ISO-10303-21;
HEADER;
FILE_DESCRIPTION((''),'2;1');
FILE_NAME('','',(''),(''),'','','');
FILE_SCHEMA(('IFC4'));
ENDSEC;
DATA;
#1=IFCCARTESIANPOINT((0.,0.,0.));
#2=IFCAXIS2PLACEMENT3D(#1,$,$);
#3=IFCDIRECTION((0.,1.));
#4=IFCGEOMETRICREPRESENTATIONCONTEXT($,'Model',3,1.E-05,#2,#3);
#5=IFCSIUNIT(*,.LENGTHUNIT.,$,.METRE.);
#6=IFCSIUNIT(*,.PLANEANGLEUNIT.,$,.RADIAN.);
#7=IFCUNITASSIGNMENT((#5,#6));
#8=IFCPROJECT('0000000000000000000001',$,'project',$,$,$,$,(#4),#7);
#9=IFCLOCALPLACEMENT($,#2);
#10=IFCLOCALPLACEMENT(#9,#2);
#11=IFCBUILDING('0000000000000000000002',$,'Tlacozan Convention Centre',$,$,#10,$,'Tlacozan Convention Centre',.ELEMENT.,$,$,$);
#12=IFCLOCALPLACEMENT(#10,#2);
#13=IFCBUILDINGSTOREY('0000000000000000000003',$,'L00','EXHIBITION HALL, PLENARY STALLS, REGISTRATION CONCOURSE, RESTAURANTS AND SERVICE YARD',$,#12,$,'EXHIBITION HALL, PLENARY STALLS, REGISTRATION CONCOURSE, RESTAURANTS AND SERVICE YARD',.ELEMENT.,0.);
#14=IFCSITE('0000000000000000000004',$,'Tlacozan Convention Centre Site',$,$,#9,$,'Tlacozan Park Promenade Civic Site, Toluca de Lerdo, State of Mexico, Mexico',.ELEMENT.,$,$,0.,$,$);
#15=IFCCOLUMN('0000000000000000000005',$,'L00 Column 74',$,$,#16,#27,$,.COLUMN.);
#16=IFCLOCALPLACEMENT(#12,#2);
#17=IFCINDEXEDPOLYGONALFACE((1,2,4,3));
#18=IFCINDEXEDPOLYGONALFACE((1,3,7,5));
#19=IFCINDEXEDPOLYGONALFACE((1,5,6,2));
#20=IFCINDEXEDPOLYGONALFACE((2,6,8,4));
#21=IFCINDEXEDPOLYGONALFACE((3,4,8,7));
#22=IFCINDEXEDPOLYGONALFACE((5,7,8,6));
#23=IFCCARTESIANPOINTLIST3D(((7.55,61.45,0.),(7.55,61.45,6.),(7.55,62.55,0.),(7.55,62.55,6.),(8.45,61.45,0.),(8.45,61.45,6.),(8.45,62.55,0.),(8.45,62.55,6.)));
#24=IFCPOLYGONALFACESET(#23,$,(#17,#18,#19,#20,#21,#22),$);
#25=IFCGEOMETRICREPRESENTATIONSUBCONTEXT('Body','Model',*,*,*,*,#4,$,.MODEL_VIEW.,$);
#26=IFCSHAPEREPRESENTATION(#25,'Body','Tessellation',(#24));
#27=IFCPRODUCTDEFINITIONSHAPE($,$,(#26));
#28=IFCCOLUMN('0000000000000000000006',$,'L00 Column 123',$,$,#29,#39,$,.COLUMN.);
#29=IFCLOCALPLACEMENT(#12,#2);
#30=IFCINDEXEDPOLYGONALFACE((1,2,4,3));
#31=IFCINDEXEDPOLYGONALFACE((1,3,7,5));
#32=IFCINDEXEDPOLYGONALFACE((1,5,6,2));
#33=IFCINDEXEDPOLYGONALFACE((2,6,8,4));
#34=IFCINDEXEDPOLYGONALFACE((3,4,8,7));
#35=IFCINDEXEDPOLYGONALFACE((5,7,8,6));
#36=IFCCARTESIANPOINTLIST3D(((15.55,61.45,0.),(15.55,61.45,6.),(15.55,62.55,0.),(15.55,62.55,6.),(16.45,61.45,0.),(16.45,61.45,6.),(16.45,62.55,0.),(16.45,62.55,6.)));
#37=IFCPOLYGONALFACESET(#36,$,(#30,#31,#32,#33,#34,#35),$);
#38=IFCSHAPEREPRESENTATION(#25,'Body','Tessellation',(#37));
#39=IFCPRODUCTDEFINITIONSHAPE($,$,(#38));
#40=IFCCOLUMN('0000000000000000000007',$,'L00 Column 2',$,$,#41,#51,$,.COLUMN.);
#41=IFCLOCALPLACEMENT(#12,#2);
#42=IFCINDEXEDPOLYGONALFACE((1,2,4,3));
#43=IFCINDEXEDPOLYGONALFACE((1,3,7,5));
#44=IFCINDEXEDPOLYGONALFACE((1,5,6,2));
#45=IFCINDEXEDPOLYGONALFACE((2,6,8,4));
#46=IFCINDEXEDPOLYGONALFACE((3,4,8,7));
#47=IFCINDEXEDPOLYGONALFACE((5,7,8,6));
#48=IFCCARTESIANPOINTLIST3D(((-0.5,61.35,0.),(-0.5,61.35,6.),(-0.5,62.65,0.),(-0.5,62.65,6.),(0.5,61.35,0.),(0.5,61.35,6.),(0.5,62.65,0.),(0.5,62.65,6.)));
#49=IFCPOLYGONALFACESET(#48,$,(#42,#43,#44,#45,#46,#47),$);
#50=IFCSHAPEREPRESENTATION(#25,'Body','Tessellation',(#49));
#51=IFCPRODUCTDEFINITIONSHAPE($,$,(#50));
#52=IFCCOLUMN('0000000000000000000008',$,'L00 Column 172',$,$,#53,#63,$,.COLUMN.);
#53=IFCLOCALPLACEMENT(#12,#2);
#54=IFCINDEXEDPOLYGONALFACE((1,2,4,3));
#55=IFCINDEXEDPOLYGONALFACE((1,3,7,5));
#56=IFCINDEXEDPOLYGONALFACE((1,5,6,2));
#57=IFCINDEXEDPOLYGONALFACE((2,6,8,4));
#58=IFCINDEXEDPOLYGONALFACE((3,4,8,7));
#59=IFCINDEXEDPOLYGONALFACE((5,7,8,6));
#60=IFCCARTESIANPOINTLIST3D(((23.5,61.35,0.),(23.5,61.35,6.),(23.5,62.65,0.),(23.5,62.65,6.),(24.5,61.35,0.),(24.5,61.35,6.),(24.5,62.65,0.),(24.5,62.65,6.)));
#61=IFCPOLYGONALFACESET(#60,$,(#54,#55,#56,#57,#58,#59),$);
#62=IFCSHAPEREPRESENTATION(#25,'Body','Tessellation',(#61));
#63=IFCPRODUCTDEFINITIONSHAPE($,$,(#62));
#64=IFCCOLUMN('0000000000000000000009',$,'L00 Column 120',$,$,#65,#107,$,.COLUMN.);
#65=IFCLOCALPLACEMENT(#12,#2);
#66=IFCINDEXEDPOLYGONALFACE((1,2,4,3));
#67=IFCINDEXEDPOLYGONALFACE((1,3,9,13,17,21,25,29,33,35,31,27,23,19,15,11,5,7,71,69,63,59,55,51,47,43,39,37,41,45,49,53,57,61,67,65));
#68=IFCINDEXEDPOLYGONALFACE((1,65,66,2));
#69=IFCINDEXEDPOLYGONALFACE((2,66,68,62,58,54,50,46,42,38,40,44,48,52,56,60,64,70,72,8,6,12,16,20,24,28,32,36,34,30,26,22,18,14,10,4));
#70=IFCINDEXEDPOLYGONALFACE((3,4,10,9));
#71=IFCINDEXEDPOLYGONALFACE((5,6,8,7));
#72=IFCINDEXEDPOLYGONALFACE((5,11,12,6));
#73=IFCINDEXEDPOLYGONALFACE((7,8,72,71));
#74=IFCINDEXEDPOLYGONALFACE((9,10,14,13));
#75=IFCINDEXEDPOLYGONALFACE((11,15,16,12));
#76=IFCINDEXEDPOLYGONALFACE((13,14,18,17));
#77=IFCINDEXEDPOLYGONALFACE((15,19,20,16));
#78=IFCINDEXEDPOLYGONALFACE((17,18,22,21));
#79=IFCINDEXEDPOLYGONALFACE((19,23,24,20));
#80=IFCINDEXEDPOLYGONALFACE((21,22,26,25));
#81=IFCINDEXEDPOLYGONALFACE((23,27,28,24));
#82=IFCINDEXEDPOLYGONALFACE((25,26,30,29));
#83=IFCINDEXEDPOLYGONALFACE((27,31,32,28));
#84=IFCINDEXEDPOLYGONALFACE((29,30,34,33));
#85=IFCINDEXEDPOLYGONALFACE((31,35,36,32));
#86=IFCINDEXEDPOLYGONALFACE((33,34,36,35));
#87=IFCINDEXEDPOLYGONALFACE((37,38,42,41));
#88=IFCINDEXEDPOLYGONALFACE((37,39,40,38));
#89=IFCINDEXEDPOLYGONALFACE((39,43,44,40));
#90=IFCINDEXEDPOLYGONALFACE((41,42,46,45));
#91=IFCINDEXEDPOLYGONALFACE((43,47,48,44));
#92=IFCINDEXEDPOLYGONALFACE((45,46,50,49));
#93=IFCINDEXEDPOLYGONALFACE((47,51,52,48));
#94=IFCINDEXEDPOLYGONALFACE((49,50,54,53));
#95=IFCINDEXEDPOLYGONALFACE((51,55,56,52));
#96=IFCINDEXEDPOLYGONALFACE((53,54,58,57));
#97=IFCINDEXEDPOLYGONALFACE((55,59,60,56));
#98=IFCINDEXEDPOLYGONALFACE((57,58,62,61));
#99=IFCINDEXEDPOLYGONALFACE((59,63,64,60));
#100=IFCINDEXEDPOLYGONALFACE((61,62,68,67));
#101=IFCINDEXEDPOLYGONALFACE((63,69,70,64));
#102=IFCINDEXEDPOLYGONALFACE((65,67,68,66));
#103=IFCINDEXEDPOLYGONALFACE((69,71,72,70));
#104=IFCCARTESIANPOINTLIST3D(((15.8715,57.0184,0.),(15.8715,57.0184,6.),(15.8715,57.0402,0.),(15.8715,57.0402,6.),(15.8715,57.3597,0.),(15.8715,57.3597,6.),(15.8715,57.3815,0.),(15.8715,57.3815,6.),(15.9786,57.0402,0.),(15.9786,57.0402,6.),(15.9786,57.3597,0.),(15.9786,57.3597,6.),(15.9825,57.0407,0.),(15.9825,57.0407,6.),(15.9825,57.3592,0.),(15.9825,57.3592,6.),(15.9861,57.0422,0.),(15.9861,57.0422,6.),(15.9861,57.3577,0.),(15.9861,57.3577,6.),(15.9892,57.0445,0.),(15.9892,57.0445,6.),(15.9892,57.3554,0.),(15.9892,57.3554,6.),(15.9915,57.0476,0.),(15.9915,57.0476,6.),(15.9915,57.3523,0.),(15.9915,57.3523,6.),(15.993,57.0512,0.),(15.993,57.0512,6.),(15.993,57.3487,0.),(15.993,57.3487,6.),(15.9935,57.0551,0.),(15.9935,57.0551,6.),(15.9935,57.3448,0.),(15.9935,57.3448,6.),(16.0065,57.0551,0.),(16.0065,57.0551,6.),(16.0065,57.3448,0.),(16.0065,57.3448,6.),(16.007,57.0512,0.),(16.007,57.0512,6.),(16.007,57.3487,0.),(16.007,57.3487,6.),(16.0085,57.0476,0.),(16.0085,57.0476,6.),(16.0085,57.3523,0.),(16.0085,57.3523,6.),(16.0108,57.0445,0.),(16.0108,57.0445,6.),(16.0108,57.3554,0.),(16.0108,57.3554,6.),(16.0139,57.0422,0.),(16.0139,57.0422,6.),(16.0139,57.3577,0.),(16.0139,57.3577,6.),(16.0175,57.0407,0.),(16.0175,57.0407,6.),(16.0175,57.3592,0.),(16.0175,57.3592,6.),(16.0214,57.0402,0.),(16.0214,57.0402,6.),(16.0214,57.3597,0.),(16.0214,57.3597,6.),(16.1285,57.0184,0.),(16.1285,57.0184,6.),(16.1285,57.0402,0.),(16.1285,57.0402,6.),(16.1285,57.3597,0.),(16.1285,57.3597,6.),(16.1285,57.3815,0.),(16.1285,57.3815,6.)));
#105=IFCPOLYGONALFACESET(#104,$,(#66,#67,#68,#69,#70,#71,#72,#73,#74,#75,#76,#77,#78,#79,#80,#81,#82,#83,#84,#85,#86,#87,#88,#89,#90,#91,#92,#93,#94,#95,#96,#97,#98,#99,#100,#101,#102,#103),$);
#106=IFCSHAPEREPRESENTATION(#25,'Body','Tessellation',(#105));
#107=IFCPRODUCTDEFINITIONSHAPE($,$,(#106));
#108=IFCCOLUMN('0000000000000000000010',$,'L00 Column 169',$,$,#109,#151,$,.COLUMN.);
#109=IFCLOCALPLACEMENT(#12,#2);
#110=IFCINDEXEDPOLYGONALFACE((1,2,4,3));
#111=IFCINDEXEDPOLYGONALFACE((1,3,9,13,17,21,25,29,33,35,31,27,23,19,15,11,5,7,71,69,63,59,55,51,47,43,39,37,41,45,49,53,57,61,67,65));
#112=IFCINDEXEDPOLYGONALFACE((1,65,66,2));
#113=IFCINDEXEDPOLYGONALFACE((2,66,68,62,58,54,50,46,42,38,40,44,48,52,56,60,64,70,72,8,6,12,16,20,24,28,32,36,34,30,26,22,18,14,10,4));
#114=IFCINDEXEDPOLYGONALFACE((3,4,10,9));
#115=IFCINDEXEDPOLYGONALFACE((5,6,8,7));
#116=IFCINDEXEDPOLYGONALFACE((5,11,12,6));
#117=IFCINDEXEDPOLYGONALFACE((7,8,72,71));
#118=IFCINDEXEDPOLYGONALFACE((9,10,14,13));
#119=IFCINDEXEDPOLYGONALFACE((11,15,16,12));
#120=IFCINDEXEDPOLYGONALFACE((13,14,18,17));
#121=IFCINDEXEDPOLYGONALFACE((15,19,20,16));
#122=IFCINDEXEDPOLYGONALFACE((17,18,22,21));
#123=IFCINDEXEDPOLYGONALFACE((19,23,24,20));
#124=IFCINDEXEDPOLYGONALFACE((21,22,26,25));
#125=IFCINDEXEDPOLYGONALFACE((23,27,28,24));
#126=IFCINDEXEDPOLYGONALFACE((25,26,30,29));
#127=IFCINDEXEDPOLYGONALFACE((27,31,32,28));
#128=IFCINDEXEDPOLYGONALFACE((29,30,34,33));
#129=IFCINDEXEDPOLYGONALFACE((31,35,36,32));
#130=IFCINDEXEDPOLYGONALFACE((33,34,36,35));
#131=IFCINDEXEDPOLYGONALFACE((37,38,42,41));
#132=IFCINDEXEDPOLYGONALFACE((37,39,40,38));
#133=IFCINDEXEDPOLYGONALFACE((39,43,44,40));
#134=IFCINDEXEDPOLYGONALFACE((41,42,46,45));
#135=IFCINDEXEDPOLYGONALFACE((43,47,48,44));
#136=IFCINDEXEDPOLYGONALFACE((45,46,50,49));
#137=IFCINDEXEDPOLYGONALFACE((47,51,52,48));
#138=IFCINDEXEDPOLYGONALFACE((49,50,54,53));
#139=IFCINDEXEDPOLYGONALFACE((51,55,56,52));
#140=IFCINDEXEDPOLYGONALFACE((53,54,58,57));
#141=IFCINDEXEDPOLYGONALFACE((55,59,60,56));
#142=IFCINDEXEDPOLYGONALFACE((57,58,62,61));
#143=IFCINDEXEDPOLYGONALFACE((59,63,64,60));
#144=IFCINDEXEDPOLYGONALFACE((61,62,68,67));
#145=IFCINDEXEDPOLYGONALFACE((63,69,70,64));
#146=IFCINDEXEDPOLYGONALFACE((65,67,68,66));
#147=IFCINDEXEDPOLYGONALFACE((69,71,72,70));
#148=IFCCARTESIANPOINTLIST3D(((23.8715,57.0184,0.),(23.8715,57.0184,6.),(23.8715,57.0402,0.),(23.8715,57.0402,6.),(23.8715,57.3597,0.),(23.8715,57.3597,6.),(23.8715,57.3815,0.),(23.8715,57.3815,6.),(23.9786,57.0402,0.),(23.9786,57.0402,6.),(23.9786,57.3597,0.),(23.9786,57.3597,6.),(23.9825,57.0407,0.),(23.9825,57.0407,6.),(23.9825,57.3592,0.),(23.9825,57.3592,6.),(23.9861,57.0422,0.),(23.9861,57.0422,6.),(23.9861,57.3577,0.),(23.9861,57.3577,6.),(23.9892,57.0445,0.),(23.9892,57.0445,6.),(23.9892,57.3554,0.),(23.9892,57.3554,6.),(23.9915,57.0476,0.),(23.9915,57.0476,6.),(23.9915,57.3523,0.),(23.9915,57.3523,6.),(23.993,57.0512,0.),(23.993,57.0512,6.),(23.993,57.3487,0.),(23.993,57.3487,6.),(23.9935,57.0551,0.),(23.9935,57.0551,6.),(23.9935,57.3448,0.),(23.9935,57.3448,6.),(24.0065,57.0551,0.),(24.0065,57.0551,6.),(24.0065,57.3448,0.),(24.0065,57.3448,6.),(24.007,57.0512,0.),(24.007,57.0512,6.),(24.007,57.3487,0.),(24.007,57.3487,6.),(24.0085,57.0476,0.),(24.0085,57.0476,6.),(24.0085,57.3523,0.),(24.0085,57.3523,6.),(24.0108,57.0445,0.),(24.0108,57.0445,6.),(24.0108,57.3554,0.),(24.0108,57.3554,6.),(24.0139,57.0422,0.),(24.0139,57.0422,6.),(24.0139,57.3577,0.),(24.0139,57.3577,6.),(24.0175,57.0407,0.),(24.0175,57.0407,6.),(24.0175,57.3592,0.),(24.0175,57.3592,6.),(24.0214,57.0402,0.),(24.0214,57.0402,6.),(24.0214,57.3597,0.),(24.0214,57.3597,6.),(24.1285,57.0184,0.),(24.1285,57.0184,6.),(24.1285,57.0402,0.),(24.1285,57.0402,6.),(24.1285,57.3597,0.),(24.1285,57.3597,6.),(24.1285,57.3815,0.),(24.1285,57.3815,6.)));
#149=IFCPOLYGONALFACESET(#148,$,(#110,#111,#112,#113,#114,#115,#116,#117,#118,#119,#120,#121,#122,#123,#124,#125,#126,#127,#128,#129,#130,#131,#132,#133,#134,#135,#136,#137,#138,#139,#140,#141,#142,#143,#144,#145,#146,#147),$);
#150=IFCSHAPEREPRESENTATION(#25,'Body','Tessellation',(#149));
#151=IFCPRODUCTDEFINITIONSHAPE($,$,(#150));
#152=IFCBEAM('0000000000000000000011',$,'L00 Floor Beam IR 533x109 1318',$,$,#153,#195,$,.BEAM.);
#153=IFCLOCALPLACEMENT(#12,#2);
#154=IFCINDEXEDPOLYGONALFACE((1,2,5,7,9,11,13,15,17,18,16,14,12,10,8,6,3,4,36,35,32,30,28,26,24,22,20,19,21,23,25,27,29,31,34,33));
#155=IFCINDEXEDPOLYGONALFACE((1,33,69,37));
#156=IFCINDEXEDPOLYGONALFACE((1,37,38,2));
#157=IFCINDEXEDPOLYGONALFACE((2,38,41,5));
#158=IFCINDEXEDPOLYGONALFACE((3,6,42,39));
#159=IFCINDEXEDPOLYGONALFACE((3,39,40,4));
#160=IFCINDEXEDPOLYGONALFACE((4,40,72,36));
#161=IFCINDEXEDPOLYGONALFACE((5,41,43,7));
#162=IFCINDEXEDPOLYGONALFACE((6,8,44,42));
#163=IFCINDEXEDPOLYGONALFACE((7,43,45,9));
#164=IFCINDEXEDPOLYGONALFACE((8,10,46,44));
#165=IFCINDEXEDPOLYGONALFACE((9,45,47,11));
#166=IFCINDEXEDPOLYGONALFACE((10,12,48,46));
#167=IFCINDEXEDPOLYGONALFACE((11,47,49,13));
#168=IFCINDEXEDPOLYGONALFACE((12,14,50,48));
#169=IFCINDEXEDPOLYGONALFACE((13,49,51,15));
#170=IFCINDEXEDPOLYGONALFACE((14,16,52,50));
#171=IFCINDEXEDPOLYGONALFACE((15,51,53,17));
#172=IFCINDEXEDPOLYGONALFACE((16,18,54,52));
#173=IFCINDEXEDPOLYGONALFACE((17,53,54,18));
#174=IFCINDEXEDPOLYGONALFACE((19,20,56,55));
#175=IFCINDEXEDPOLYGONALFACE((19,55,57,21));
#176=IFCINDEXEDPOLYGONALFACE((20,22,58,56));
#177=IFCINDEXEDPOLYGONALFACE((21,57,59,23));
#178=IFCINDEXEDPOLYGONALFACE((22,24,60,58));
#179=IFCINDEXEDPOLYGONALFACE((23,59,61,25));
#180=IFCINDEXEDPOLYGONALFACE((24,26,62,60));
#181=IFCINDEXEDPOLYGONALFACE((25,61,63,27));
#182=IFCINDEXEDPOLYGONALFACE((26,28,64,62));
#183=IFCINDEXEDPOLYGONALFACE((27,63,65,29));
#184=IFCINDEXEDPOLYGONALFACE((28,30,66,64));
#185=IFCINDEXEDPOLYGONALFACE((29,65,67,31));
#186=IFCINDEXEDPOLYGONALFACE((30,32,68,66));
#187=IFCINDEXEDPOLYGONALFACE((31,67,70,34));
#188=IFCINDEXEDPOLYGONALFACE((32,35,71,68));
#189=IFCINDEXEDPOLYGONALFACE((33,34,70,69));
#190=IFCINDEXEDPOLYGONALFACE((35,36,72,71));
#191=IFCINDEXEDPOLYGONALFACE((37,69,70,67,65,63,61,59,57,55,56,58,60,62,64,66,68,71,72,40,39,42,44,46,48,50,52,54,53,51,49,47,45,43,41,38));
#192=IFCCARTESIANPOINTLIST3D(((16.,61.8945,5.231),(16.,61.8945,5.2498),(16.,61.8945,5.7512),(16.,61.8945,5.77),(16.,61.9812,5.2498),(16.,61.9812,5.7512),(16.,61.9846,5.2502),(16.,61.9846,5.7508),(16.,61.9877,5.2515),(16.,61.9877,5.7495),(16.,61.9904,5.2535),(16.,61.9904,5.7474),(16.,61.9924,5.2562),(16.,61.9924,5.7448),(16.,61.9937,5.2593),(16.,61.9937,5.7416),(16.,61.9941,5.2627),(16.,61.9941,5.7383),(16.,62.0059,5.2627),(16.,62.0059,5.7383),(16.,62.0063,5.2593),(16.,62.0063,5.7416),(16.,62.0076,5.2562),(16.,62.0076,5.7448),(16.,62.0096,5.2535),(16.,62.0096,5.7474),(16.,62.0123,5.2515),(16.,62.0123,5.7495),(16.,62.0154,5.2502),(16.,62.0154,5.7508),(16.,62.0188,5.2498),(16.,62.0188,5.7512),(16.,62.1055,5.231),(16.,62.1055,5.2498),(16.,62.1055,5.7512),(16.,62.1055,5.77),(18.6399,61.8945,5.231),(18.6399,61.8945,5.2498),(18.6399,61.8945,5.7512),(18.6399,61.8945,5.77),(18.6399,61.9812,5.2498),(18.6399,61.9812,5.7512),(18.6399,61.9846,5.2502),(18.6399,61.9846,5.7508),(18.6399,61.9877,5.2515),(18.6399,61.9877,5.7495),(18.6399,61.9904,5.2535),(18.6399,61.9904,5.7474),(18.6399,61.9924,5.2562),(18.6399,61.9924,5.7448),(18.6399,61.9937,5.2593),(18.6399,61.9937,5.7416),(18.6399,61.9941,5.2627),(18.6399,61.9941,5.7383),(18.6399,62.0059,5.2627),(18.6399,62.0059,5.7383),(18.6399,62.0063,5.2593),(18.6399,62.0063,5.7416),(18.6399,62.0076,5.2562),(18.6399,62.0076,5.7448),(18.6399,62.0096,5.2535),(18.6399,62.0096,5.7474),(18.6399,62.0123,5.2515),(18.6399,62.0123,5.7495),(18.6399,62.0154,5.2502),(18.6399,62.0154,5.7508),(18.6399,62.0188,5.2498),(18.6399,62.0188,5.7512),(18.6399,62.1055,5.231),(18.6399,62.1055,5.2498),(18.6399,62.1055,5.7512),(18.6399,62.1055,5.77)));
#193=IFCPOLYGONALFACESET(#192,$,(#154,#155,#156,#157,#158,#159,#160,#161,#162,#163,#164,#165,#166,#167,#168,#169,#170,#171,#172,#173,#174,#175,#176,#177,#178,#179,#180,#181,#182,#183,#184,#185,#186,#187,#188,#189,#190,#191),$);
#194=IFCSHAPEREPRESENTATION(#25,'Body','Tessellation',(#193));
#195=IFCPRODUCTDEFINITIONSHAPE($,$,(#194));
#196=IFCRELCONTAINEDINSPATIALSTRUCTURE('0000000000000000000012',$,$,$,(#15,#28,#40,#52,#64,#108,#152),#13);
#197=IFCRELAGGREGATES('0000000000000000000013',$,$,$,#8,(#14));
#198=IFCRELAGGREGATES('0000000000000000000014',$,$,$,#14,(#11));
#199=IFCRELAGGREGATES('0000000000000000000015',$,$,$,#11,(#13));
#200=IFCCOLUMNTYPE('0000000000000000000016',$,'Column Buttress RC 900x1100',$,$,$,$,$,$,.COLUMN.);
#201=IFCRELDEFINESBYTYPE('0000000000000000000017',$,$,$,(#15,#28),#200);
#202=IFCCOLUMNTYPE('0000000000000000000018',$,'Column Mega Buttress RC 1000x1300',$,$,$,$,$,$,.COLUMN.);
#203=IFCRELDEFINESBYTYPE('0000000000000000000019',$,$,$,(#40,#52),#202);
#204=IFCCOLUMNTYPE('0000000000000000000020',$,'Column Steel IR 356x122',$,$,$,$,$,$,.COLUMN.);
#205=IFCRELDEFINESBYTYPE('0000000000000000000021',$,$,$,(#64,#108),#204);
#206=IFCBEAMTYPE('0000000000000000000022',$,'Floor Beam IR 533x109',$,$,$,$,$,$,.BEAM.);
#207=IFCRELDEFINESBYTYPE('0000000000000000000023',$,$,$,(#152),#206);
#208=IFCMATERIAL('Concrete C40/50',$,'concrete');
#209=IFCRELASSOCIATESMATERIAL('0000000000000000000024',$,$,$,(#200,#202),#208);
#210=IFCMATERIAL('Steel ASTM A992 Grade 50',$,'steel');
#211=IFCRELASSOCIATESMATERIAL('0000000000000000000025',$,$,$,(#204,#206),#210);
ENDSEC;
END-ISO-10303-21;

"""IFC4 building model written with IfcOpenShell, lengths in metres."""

from ifc_helpers import new_model, si_unit, direction, frame, origin, origin_2d, place, context, subcontext, project, spatial, rectangle, i_section, extrude, material, material_profile, profile_set, type_object, element, save


model = new_model("IFC4")

# Units and contexts
model_context = context("Model", 3, precision=1e-05, world=origin(), true_north=direction((0.0, 1.0)))
body_context = subcontext(model_context, "Body", "Model", "MODEL_VIEW")
ifc_project = project(units=[si_unit("LENGTHUNIT", "METRE"), si_unit("PLANEANGLEUNIT", "RADIAN")], contexts=[model_context])

# Site, building, storey
site_placement = place(None, origin())
site = spatial("IfcSite", under=ifc_project, at=site_placement, Name="Tlacozan Convention Centre Site", LongName="Tlacozan Park Promenade Civic Site, Toluca de Lerdo, State of Mexico, Mexico", CompositionType="ELEMENT", RefElevation=0.0)
building_placement = place(site_placement, origin())
building = spatial("IfcBuilding", under=site, at=building_placement, Name="Tlacozan Convention Centre", LongName="Tlacozan Convention Centre", CompositionType="ELEMENT")
storey_placement = place(building_placement, origin())
storey = spatial("IfcBuildingStorey", under=building, at=storey_placement, Name="L00", Description="EXHIBITION HALL, PLENARY STALLS, REGISTRATION CONCOURSE, RESTAURANTS AND SERVICE YARD", LongName="EXHIBITION HALL, PLENARY STALLS, REGISTRATION CONCOURSE, RESTAURANTS AND SERVICE YARD", CompositionType="ELEMENT", Elevation=0.0)

# Columns
ifc_material_1 = material(Name="Concrete C40/50", Category="concrete")
ifc_material_profile_1 = material_profile(ifc_material_1, rectangle(XDim=0.8999, YDim=1.1001, at=origin_2d()), Name="RC 900x1100")
ifc_profile_set_1 = profile_set([ifc_material_profile_1], Name="Concrete C40/50")
column_type_1 = type_object("IfcColumnType", Name="Column Buttress RC 900x1100", PredefinedType="COLUMN", material=ifc_profile_set_1)
for number, where, z_axis, x_axis, name in (
    (1, (8.0, 62.0, 0.0), (0.0, 0.0, 1.0), (1.0, 0.0, 0.0), "L00 Column 74"),
    (2, (16.0, 62.0, 0.0), (0.0, 0.0, 1.0), (1.0, 0.0, 0.0), "L00 Column 123"),
):
    element("IfcColumn", number, at=place(storey_placement, frame(where, z_axis=z_axis, x_axis=x_axis)), inside=storey, type_object=column_type_1, Name=name, PredefinedType="COLUMN", context=body_context, shape_type="SweptSolid", body=[
        extrude(rectangle(XDim=0.8999, YDim=1.1001, at=origin_2d()), origin(), (0.0, 0.0, 1.0), 6.0),
    ])
ifc_material_profile_2 = material_profile(ifc_material_1, rectangle(XDim=1.0, YDim=1.3, at=origin_2d()), Name="RC 1000x1300")
ifc_profile_set_2 = profile_set([ifc_material_profile_2], Name="Concrete C40/50")
column_type_2 = type_object("IfcColumnType", Name="Column Mega Buttress RC 1000x1300", PredefinedType="COLUMN", material=ifc_profile_set_2)
for number, where, z_axis, x_axis, name in (
    (3, (0.0, 62.0, 0.0), (0.0, 0.0, 1.0), (1.0, 0.0, 0.0), "L00 Column 2"),
    (4, (24.0, 62.0, 0.0), (0.0, 0.0, 1.0), (1.0, 0.0, 0.0), "L00 Column 172"),
):
    element("IfcColumn", number, at=place(storey_placement, frame(where, z_axis=z_axis, x_axis=x_axis)), inside=storey, type_object=column_type_2, Name=name, PredefinedType="COLUMN", context=body_context, shape_type="SweptSolid", body=[
        extrude(rectangle(XDim=1.0, YDim=1.3, at=origin_2d()), origin(), (0.0, 0.0, 1.0), 6.0),
    ])
ifc_material_2 = material(Name="Steel ASTM A992 Grade 50", Category="steel")
ifc_material_profile_3 = material_profile(ifc_material_2, i_section(OverallWidth=0.2571, OverallDepth=0.363, WebThickness=0.0129, FlangeThickness=0.0217, FilletRadius=0.0149, at=origin_2d()), Name="IR 356x122.0")
ifc_profile_set_3 = profile_set([ifc_material_profile_3], Name="Steel ASTM A992 Grade 50")
column_type_3 = type_object("IfcColumnType", Name="Column Steel IR 356x122", PredefinedType="COLUMN", material=ifc_profile_set_3)
for number, where, z_axis, x_axis, name in (
    (5, (16.0, 57.2, 0.0), (0.0, 0.0, 1.0), (1.0, 0.0, 0.0), "L00 Column 120"),
    (6, (24.0, 57.2, 0.0), (0.0, 0.0, 1.0), (1.0, 0.0, 0.0), "L00 Column 169"),
):
    element("IfcColumn", number, at=place(storey_placement, frame(where, z_axis=z_axis, x_axis=x_axis)), inside=storey, type_object=column_type_3, Name=name, PredefinedType="COLUMN", context=body_context, shape_type="SweptSolid", body=[
        extrude(i_section(OverallWidth=0.2571, OverallDepth=0.363, WebThickness=0.0129, FlangeThickness=0.0217, FilletRadius=0.0149, at=origin_2d()), origin(), (0.0, 0.0, 1.0), 6.0),
    ])

# Beam
ifc_material_profile_4 = material_profile(ifc_material_2, i_section(OverallWidth=0.2109, OverallDepth=0.5391, WebThickness=0.0117, FlangeThickness=0.0188, FilletRadius=0.0129, at=origin_2d()), Name="IR 533x109.0")
ifc_profile_set_4 = profile_set([ifc_material_profile_4], Name="Steel ASTM A992 Grade 50")
beam_type_1 = type_object("IfcBeamType", Name="Floor Beam IR 533x109", PredefinedType="BEAM", material=ifc_profile_set_4)
beam_1_placement = place(storey_placement, frame((16.0, 62.0, 5.5005), z_axis=(1.0, 0.0, 0.0), x_axis=(0.0, 1.0, 0.0)))
element("IfcBeam", 7, at=beam_1_placement, inside=storey, type_object=beam_type_1, Name="L00 Floor Beam IR 533x109 1318", PredefinedType="BEAM", context=body_context, shape_type="SweptSolid", body=[
    extrude(i_section(OverallWidth=0.2109, OverallDepth=0.5391, WebThickness=0.0117, FlangeThickness=0.0188, FilletRadius=0.0129, at=origin_2d()), origin(), (0.0, 0.0, 1.0), 2.6399),
])

save(model, "model.ifc")
